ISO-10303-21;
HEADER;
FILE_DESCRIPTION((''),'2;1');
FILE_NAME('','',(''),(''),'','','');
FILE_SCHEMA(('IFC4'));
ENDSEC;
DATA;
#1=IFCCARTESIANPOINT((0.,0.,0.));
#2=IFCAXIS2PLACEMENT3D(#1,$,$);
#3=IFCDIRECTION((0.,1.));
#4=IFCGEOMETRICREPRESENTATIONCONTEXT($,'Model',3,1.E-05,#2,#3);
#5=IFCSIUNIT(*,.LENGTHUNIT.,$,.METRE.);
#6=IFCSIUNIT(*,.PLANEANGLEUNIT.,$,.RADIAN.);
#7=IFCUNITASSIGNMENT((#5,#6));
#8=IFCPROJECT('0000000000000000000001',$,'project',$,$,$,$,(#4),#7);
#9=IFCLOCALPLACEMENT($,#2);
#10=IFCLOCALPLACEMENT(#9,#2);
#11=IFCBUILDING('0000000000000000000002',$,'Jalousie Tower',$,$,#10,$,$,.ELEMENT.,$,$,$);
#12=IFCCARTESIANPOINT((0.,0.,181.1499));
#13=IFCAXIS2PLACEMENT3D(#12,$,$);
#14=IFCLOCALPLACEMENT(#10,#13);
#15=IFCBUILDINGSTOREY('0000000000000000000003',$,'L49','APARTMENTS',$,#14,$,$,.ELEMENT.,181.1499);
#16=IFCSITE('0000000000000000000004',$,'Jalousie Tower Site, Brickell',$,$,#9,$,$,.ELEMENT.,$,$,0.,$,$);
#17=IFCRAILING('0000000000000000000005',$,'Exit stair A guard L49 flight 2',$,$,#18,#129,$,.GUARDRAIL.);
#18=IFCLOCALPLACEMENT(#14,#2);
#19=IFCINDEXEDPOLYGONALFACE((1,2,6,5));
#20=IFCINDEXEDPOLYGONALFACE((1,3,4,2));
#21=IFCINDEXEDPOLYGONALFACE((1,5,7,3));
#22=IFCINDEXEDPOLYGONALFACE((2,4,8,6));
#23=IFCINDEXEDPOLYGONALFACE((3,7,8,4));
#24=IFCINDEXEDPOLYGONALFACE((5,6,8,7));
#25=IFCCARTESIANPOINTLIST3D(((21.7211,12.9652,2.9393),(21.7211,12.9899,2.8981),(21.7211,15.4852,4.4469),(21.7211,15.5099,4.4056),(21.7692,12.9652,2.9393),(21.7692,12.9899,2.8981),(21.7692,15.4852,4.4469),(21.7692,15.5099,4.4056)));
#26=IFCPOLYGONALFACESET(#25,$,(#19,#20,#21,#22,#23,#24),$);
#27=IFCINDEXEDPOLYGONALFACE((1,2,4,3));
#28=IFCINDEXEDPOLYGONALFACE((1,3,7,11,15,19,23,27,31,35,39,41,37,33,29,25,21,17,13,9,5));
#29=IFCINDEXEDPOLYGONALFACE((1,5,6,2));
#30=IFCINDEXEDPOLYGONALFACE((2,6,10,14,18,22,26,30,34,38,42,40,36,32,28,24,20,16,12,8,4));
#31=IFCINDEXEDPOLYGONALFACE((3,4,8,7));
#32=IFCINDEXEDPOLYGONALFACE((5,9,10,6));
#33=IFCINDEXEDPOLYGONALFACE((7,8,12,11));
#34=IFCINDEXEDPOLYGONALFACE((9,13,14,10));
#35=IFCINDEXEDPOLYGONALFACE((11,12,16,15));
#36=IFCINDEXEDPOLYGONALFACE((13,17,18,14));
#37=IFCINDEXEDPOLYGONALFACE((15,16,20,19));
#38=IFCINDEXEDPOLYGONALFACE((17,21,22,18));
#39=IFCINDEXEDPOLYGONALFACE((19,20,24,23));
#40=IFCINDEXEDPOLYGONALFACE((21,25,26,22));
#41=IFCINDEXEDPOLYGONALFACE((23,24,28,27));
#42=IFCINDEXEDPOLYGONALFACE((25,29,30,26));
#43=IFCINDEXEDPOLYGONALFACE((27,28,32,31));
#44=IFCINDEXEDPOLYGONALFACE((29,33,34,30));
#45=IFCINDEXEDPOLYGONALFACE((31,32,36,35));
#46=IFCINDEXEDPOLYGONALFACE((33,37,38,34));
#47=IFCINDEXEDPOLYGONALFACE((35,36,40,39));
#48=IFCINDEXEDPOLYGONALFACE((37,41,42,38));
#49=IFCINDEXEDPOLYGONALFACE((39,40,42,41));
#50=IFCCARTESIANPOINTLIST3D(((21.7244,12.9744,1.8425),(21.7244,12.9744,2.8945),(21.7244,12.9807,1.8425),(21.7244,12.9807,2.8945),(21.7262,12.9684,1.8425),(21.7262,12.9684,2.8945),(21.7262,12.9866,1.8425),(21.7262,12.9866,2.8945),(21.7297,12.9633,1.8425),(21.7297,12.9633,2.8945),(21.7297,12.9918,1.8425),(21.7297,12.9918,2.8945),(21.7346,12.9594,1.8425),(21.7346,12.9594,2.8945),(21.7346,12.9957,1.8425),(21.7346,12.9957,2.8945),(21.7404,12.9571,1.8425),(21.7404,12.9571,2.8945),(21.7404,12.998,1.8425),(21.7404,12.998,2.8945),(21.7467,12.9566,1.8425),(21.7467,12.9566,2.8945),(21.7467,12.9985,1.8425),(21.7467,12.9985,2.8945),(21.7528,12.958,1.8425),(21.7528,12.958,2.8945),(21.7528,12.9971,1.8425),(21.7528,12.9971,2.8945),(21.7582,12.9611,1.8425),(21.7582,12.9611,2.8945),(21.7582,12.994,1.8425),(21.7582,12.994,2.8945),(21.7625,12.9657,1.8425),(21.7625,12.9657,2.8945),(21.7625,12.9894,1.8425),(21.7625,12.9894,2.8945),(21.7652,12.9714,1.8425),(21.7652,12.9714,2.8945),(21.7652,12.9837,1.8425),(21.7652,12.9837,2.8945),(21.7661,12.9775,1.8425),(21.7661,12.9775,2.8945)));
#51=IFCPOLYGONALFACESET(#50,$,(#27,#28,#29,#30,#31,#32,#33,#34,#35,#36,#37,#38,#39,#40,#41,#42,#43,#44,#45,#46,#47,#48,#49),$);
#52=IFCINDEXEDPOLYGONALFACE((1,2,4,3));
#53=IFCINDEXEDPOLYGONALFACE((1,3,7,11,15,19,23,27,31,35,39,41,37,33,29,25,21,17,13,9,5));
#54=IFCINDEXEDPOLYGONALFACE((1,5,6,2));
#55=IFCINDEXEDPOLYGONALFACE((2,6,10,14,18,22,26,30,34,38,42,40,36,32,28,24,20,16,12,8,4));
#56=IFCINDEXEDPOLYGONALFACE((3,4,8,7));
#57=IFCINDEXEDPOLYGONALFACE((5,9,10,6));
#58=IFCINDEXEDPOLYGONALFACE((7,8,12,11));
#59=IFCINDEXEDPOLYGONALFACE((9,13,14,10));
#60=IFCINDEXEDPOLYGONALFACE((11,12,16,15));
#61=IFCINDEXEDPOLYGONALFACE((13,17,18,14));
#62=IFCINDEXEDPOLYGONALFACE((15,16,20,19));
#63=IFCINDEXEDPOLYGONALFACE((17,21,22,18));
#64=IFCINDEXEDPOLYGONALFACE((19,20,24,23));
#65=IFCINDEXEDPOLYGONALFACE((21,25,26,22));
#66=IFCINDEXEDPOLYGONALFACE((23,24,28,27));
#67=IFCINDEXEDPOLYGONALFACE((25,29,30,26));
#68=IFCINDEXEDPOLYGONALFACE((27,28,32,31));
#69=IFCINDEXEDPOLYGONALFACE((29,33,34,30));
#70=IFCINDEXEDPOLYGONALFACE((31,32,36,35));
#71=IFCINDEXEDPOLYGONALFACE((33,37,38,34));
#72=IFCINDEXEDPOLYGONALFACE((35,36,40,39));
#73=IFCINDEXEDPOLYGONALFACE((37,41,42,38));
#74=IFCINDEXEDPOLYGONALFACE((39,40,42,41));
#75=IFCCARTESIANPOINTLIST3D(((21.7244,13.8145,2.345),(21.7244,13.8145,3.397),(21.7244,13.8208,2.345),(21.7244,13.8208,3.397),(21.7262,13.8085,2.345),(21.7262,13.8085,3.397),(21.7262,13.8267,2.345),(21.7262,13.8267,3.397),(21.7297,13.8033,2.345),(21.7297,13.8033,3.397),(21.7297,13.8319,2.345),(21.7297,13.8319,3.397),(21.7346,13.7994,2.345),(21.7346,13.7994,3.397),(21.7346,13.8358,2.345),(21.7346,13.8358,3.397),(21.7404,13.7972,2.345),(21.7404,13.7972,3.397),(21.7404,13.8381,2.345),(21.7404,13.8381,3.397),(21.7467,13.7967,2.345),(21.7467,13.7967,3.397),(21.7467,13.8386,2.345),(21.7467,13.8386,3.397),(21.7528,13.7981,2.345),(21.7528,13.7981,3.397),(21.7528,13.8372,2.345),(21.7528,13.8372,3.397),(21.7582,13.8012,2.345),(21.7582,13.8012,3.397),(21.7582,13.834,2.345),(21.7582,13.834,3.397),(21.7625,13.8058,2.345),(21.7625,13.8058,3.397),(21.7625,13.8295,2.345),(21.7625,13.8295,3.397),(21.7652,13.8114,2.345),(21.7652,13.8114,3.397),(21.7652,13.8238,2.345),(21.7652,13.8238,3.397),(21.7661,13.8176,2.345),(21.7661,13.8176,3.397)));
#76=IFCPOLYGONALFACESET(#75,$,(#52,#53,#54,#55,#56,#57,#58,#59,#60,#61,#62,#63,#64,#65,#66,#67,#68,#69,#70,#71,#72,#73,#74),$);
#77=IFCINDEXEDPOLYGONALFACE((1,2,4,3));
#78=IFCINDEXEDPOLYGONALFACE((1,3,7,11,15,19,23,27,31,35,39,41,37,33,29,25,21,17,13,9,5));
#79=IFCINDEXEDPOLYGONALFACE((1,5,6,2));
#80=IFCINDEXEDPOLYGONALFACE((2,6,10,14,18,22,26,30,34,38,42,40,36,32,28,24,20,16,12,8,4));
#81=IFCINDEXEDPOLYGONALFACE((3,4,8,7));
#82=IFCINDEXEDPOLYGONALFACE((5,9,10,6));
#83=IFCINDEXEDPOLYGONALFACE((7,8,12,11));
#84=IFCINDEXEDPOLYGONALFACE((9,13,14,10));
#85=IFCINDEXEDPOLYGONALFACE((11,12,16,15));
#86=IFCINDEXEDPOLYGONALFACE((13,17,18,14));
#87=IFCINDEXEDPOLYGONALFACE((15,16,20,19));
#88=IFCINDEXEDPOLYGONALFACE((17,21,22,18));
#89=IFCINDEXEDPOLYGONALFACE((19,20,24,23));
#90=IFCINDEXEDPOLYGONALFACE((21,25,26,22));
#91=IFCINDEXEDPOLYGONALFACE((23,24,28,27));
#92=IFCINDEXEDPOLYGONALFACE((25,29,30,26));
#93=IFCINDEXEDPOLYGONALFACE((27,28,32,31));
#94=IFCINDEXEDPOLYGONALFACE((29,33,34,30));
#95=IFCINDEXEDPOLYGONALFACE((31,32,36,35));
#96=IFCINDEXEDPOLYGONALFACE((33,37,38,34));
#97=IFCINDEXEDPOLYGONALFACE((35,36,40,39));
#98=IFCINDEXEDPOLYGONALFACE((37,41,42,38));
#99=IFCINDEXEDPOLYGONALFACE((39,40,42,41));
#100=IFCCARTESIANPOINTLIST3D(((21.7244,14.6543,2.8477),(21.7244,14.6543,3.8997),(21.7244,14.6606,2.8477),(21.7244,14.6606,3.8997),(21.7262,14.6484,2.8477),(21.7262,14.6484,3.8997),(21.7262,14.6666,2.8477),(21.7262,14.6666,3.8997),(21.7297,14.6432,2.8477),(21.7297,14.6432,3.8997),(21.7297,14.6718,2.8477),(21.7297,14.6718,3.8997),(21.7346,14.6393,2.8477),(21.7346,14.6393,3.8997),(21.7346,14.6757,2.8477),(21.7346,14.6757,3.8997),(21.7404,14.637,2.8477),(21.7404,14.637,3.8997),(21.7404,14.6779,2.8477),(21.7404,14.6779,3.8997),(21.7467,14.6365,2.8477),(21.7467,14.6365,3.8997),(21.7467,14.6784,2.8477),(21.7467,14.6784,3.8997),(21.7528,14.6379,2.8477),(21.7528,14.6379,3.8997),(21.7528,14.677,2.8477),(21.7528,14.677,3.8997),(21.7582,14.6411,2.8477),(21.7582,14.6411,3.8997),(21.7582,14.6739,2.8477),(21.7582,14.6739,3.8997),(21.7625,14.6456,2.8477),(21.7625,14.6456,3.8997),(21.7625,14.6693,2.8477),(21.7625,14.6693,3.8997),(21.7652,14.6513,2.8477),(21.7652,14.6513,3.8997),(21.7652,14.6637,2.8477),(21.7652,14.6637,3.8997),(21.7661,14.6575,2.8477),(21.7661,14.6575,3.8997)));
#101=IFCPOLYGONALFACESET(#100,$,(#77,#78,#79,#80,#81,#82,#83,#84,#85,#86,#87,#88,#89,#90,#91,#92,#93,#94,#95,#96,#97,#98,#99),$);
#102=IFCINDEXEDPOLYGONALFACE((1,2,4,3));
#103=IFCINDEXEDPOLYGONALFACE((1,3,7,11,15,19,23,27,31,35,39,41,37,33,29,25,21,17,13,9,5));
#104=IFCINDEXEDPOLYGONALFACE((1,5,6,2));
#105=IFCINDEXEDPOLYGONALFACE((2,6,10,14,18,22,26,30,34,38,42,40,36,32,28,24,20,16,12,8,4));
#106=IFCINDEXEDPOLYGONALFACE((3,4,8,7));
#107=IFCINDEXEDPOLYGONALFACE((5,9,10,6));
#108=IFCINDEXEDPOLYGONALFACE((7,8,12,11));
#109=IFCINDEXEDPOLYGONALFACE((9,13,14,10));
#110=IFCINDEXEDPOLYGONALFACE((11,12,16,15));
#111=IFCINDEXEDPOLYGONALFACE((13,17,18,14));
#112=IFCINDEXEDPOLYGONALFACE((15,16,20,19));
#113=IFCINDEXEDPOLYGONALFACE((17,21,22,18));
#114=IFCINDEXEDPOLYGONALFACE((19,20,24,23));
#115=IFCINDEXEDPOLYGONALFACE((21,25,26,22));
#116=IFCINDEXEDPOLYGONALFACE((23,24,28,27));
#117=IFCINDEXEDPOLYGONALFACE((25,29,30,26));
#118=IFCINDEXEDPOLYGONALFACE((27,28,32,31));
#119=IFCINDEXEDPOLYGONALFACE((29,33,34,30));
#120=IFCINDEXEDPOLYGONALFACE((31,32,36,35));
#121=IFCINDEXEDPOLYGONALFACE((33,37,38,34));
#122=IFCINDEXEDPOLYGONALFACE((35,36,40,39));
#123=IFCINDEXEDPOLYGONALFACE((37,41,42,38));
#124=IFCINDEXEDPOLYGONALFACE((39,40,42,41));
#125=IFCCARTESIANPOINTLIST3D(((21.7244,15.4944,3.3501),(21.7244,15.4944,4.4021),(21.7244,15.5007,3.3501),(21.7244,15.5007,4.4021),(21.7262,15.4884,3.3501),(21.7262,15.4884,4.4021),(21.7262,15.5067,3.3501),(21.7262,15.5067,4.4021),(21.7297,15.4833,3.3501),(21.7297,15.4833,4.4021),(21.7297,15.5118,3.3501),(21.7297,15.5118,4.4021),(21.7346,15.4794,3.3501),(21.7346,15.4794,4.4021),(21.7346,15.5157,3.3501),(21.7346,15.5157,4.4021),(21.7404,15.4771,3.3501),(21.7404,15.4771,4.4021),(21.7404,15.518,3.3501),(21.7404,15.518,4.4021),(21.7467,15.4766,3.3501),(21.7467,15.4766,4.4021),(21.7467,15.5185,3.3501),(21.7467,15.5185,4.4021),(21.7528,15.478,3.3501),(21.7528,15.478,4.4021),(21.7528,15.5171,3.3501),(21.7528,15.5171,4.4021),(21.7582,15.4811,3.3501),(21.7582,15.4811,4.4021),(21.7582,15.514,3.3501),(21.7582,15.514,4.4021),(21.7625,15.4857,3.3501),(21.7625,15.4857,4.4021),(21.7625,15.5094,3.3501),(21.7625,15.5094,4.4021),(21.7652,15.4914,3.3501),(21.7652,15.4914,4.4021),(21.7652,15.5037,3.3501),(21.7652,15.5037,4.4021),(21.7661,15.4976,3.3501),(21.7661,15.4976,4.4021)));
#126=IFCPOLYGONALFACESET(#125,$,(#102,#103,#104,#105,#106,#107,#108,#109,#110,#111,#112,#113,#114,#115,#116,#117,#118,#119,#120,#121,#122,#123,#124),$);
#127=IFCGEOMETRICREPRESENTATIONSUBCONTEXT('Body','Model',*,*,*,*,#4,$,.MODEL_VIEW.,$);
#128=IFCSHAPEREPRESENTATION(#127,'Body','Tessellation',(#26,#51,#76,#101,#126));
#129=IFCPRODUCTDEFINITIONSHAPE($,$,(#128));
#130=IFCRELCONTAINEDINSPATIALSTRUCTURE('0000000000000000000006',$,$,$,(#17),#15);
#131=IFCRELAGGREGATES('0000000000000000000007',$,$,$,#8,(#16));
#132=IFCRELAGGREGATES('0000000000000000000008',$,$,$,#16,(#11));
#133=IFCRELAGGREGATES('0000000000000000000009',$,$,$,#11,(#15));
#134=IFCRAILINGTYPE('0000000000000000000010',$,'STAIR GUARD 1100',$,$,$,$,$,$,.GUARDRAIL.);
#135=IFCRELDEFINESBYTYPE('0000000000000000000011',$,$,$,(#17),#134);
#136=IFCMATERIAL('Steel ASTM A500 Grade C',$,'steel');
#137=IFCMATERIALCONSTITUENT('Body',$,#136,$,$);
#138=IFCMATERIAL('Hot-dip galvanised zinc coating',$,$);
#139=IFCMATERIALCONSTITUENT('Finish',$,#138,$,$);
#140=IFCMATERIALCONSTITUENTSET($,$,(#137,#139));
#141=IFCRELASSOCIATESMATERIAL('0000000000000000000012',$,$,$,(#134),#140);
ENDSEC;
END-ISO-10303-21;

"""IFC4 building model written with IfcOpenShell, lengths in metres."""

from ifc_helpers import new_model, si_unit, direction, frame, origin, origin_2d, place, context, subcontext, project, spatial, rectangle, circle, extrude, material, constituent, constituent_set, type_object, element, save


model = new_model("IFC4")

# Units and contexts
model_context = context("Model", 3, precision=1e-05, world=origin(), true_north=direction((0.0, 1.0)))
body_context = subcontext(model_context, "Body", "Model", "MODEL_VIEW")
ifc_project = project(units=[si_unit("LENGTHUNIT", "METRE"), si_unit("PLANEANGLEUNIT", "RADIAN")], contexts=[model_context])

# Site, building, storey
site_placement = place(None, origin())
site = spatial("IfcSite", under=ifc_project, at=site_placement, Name="Jalousie Tower Site, Brickell", CompositionType="ELEMENT", RefElevation=0.0)
building_placement = place(site_placement, origin())
building = spatial("IfcBuilding", under=site, at=building_placement, Name="Jalousie Tower", CompositionType="ELEMENT")
storey_placement = place(building_placement, frame((0.0, 0.0, 181.1499)))
storey = spatial("IfcBuildingStorey", under=building, at=storey_placement, Name="L49", Description="APARTMENTS", CompositionType="ELEMENT", Elevation=181.1499)

# Railing
ifc_material_1 = material(Name="Steel ASTM A500 Grade C", Category="steel")
ifc_constituent_1 = constituent(ifc_material_1, Name="Body")
ifc_material_2 = material(Name="Hot-dip galvanised zinc coating")
ifc_constituent_2 = constituent(ifc_material_2, Name="Finish")
ifc_constituent_set_1 = constituent_set(constituents=[ifc_constituent_1, ifc_constituent_2])
railing_type_1 = type_object("IfcRailingType", Name="STAIR GUARD 1100", PredefinedType="GUARDRAIL", material=ifc_constituent_set_1)
railing_1_placement = place(storey_placement, frame((21.7451, 12.9775, 1.8425)))
element("IfcRailing", 1, at=railing_1_placement, inside=storey, type_object=railing_type_1, Name="Exit stair A guard L49 flight 2", PredefinedType="GUARDRAIL", context=body_context, shape_type="SweptSolid", body=[
    extrude(rectangle(XDim=0.0481, YDim=0.0481, at=origin_2d()), frame((0.0, 0.0, 1.0762), z_axis=(0.0, 0.85816, 0.513383), x_axis=(-1.0, 0.0, 0.0)), (0.0, 0.0, 1.0), 2.9365),
    extrude(circle(Radius=0.021, at=origin_2d()), origin(), (0.0, 0.0, 1.0), 1.052),
    extrude(circle(Radius=0.021, at=origin_2d()), frame((0.0, 0.8401, 0.5024)), (0.0, 0.0, 1.0), 1.052),
    extrude(circle(Radius=0.021, at=origin_2d()), frame((0.0, 1.6799, 1.0051)), (0.0, 0.0, 1.0), 1.052),
    extrude(circle(Radius=0.021, at=origin_2d()), frame((0.0, 2.52, 1.5076)), (0.0, 0.0, 1.0), 1.052),
])

save(model, "model.ifc")
